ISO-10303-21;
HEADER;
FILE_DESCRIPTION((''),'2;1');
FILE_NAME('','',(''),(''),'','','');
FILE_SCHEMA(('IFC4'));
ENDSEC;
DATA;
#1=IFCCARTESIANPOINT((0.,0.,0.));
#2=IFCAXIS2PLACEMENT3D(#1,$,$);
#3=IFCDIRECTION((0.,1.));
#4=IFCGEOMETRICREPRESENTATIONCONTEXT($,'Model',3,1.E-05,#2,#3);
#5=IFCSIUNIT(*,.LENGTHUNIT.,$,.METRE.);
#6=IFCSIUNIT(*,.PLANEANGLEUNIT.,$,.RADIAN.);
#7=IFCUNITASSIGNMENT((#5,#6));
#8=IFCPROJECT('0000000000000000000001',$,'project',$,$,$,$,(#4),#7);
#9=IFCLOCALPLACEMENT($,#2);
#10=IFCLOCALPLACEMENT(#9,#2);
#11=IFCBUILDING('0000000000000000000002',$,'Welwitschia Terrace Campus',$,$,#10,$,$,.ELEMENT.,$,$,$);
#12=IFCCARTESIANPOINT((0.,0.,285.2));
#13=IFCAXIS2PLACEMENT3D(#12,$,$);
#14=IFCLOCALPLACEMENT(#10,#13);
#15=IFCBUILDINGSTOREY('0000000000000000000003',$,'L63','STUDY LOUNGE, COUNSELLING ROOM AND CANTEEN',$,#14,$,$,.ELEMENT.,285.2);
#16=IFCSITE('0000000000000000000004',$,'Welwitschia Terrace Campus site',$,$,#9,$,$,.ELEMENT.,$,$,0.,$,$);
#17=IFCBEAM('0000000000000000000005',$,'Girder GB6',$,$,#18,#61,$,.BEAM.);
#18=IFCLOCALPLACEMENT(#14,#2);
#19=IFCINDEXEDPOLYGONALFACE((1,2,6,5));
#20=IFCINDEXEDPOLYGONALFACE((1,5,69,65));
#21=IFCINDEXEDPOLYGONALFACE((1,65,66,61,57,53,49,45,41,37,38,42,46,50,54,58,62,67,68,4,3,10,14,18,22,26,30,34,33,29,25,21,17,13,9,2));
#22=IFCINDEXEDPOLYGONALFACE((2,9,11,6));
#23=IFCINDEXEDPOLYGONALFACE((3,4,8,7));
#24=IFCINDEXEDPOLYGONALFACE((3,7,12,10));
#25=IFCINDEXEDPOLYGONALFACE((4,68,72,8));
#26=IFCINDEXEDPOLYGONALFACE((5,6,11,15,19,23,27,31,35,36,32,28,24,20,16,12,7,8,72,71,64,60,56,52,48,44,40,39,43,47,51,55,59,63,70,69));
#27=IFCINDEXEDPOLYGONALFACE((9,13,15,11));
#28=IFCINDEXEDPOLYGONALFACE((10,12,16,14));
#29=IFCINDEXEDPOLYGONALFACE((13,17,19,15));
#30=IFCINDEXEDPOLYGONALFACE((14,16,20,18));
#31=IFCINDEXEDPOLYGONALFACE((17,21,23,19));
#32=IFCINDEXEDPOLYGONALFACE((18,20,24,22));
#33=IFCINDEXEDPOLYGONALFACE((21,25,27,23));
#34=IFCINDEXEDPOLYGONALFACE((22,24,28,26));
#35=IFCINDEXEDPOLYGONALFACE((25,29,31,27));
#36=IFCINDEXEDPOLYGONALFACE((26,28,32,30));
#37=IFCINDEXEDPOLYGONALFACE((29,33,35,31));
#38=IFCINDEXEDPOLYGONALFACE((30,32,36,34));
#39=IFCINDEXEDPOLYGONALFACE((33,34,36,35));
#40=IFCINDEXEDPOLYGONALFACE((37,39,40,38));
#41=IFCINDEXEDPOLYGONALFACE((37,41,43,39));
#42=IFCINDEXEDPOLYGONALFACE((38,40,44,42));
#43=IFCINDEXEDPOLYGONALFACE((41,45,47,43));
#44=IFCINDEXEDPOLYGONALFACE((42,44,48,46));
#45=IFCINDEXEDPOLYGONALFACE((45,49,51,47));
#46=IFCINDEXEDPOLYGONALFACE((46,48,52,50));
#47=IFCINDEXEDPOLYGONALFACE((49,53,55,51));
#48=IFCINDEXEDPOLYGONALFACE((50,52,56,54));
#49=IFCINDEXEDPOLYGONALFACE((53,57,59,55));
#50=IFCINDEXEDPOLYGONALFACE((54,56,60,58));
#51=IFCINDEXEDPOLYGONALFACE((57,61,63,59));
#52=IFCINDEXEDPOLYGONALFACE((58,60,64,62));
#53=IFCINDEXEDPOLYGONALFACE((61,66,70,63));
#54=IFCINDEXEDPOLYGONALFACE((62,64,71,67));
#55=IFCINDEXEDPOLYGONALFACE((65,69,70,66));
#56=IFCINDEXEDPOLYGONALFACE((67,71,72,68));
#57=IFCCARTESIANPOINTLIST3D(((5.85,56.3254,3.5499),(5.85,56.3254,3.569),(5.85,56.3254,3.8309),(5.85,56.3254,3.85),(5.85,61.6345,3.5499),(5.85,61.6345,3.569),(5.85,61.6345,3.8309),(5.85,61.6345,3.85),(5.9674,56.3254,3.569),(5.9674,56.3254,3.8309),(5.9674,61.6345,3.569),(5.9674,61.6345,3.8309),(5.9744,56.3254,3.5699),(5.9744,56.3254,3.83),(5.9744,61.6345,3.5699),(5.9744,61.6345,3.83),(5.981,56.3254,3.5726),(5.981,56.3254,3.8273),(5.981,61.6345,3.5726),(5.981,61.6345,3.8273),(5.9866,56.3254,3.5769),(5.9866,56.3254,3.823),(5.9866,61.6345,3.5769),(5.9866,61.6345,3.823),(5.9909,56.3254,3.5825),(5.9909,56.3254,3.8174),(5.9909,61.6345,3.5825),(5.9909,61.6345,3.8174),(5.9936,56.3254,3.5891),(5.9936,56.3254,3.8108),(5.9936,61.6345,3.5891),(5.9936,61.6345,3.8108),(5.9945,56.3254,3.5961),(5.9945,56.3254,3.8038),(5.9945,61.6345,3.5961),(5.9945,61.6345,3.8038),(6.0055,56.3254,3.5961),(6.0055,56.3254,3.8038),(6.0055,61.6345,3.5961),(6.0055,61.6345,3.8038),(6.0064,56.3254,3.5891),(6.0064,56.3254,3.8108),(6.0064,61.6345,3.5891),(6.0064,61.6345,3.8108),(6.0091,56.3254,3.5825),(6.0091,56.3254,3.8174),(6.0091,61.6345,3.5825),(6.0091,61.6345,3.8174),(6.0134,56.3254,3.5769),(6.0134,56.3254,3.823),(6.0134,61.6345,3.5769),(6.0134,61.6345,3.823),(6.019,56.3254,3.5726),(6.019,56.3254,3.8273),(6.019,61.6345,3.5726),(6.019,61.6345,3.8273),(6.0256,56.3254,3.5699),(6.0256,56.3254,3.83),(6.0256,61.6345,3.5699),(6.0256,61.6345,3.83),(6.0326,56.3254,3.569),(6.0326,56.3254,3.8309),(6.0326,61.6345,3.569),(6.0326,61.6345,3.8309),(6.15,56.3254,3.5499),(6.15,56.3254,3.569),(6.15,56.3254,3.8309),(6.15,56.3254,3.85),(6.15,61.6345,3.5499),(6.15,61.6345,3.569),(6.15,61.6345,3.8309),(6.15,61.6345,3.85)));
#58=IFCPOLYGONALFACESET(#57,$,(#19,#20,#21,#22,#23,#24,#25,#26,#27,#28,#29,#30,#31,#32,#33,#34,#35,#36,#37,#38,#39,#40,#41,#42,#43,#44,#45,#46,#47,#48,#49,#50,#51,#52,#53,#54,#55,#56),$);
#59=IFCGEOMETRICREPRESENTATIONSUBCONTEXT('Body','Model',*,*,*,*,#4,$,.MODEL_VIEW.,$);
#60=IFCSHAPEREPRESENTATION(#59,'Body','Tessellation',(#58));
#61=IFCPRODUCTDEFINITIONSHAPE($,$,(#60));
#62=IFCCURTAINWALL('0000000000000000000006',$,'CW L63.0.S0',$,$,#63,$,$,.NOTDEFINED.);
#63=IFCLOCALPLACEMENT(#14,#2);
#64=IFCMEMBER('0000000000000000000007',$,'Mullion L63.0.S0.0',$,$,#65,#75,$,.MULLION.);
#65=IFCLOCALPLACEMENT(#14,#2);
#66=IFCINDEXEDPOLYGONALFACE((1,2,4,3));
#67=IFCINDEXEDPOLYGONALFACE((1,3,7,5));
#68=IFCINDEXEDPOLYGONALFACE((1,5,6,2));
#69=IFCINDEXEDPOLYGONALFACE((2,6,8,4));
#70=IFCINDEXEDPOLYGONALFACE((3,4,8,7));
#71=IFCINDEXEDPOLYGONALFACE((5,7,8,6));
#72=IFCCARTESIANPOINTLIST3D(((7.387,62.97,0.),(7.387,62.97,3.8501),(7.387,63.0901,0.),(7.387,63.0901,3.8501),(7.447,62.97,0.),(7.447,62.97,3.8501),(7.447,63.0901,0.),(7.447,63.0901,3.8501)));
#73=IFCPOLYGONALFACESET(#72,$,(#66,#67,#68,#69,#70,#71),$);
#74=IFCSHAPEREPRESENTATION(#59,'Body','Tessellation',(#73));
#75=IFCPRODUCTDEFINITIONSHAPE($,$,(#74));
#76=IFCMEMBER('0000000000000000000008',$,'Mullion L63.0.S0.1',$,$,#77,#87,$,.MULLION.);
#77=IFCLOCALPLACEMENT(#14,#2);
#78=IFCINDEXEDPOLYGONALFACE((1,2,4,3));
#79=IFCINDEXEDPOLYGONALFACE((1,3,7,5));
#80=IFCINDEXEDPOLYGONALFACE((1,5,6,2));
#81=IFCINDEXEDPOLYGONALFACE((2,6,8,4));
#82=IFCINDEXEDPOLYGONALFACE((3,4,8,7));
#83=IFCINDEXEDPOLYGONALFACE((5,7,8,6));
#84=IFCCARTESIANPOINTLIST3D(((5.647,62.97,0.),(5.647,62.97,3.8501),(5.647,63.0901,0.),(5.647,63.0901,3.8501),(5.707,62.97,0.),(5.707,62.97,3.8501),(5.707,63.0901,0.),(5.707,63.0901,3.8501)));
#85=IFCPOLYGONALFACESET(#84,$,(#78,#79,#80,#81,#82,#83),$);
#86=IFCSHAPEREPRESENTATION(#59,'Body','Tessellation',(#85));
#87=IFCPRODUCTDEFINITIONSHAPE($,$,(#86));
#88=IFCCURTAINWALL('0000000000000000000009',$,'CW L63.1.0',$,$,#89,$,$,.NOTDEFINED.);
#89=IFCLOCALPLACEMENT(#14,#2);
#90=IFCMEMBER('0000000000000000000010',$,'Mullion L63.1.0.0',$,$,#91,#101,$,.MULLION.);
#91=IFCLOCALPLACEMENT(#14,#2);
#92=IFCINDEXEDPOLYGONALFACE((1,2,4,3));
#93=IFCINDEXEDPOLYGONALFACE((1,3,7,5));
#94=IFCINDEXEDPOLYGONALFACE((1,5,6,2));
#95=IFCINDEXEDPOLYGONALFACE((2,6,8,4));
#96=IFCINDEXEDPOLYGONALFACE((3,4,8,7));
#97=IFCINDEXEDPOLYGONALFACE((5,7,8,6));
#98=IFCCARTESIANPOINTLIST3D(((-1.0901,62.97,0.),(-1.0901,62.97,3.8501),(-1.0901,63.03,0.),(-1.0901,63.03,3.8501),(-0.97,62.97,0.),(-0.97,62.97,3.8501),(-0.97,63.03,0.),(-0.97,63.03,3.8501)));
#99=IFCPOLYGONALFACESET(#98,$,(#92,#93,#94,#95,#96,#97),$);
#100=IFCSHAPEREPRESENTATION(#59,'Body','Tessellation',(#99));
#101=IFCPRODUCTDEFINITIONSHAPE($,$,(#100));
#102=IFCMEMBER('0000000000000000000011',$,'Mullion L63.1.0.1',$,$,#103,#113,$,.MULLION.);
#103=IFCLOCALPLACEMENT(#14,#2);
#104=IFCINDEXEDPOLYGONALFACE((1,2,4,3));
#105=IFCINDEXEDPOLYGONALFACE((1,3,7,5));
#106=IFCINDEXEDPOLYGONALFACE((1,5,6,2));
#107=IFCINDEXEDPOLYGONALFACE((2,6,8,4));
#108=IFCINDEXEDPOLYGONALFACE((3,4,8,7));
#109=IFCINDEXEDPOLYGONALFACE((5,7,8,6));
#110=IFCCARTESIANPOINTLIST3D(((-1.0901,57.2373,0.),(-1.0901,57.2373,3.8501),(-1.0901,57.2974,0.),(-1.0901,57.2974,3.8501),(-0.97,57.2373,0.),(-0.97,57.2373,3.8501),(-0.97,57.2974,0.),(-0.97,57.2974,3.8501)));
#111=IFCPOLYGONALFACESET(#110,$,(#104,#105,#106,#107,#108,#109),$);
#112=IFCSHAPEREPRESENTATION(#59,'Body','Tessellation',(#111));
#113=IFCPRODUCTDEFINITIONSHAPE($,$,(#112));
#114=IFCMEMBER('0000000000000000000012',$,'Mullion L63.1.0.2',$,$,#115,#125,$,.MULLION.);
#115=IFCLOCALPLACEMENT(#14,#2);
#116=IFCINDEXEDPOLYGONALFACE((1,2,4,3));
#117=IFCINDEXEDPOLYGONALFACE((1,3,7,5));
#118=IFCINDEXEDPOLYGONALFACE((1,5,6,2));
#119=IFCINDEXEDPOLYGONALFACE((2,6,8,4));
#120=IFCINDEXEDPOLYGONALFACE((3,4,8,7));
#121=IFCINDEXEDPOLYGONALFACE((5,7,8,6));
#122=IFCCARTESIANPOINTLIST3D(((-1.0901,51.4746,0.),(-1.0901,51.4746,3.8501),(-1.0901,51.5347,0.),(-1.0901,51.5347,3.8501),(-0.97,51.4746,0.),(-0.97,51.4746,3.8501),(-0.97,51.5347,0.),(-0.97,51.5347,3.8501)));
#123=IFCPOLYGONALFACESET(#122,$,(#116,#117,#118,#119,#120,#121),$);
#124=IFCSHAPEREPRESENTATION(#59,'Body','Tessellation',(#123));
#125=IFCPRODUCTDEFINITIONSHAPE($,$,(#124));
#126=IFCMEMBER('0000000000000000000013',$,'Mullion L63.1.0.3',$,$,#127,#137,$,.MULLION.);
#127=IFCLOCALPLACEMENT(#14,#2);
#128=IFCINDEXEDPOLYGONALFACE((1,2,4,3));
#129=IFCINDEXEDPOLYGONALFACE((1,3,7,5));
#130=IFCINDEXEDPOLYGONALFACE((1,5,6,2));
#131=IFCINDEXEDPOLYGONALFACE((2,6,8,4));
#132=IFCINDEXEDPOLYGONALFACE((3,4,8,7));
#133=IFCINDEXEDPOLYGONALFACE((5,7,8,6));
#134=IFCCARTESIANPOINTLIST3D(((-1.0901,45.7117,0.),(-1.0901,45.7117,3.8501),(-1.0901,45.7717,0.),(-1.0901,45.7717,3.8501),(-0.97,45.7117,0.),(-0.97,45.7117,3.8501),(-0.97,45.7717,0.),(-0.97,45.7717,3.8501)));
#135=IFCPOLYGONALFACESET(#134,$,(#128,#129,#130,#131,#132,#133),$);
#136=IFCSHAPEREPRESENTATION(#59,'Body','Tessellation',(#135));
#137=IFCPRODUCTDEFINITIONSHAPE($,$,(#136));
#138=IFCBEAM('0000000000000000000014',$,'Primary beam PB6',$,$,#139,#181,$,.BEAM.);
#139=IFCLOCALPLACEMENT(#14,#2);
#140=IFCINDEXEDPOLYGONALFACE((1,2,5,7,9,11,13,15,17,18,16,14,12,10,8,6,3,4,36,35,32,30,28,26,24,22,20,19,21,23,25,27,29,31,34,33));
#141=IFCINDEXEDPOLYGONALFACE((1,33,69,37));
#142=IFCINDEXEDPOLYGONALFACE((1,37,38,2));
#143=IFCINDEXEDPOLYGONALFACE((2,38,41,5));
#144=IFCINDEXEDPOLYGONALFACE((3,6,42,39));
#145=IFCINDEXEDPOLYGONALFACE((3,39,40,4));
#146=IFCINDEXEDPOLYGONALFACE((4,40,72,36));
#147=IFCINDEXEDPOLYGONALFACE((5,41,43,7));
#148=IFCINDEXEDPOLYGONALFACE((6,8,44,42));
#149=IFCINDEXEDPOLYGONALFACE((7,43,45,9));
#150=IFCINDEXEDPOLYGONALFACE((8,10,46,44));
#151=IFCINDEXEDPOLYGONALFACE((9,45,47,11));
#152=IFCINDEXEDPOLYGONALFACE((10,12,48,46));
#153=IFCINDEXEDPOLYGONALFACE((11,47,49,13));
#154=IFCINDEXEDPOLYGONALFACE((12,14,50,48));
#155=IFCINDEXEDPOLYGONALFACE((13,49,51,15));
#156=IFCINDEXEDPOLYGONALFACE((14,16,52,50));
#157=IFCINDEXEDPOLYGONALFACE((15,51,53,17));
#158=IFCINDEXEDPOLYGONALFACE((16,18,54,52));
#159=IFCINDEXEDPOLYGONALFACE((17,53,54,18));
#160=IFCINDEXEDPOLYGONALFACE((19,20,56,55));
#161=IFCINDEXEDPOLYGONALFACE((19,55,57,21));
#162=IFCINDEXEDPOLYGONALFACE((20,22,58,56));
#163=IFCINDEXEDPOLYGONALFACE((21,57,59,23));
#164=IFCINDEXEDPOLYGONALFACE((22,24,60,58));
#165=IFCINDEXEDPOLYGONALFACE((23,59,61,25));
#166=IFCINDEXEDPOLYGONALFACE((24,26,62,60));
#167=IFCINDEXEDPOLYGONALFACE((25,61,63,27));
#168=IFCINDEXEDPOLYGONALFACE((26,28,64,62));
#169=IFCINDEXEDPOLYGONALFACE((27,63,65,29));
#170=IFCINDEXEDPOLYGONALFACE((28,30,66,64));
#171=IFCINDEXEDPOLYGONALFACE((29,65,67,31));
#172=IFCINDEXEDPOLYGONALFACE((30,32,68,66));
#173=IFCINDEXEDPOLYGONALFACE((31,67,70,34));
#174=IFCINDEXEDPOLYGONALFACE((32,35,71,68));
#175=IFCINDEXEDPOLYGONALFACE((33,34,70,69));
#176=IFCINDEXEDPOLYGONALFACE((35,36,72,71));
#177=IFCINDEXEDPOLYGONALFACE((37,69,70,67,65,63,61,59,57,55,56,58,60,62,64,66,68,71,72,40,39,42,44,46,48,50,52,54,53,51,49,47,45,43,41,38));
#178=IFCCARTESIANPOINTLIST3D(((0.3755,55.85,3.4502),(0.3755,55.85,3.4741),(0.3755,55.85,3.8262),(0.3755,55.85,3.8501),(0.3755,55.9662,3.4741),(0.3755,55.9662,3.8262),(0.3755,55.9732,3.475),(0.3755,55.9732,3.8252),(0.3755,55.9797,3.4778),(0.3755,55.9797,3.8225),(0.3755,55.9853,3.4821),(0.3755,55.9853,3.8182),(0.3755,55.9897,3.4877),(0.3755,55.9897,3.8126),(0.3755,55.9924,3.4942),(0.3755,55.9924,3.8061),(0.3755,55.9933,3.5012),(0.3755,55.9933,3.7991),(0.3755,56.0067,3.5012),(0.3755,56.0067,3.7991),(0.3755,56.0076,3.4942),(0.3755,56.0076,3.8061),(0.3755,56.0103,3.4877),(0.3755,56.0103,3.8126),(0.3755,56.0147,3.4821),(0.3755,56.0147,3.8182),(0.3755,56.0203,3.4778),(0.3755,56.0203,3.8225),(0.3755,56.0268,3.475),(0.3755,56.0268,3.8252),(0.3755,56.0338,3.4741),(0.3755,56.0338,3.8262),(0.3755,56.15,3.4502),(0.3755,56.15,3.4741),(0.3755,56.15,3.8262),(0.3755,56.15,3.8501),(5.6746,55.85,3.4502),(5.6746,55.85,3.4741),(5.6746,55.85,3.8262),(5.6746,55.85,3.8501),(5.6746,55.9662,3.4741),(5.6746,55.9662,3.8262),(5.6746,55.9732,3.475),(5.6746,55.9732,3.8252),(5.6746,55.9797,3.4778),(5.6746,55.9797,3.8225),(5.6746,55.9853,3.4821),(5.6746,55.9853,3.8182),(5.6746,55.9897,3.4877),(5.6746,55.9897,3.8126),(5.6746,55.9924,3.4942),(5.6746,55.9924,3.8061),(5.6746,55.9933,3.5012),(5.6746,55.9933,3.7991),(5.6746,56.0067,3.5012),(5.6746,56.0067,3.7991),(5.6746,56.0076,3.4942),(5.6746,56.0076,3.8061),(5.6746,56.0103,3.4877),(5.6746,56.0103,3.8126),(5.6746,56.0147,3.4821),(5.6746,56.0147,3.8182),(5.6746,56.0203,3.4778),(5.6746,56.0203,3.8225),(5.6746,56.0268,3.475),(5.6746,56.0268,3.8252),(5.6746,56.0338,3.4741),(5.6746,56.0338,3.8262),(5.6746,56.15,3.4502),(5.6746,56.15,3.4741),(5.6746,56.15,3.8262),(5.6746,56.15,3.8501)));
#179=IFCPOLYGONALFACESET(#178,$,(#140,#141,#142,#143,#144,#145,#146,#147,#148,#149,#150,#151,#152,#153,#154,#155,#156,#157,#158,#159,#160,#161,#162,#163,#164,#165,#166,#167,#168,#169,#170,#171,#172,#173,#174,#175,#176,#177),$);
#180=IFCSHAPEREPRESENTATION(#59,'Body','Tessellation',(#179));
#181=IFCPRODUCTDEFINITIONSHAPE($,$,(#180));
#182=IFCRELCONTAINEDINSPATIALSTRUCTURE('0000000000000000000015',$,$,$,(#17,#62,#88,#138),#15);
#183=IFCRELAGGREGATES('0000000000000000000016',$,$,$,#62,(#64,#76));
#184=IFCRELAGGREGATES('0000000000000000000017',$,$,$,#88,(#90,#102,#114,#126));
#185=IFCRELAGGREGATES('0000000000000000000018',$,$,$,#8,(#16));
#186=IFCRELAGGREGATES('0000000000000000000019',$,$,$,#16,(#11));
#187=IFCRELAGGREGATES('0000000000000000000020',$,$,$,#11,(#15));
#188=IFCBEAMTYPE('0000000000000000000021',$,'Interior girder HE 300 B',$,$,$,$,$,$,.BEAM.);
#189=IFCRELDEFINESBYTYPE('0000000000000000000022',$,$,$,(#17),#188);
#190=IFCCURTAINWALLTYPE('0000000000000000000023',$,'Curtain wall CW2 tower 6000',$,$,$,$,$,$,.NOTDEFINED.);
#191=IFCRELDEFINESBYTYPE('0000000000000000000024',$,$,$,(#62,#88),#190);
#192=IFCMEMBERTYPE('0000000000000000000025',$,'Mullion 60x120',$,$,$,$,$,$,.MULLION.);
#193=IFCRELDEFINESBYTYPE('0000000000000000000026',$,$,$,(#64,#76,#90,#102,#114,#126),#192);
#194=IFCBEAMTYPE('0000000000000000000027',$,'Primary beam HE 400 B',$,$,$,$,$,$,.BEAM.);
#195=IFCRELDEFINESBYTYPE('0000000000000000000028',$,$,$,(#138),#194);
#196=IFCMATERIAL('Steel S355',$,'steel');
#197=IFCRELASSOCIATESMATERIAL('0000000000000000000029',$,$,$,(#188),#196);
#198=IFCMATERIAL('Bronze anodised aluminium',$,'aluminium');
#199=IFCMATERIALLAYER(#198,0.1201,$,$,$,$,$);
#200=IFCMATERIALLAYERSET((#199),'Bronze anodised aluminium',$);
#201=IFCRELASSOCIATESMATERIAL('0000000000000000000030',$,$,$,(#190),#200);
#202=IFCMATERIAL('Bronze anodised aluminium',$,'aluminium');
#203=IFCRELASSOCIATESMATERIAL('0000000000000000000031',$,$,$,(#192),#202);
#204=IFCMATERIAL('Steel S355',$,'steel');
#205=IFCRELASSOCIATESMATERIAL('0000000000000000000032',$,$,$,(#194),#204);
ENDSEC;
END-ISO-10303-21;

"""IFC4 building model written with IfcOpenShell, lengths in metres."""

from ifc_helpers import new_model, si_unit, direction, frame, origin, origin_2d, place, context, subcontext, project, spatial, rectangle, i_section, extrude, material, layer, layer_set, material_profile, profile_set, type_object, element, aggregate, save


model = new_model("IFC4")

# Units and contexts
model_context = context("Model", 3, precision=1e-05, world=origin(), true_north=direction((0.0, 1.0)))
body_context = subcontext(model_context, "Body", "Model", "MODEL_VIEW")
ifc_project = project(units=[si_unit("LENGTHUNIT", "METRE"), si_unit("PLANEANGLEUNIT", "RADIAN")], contexts=[model_context])

# Site, building, storey
site_placement = place(None, origin())
site = spatial("IfcSite", under=ifc_project, at=site_placement, Name="Welwitschia Terrace Campus site", CompositionType="ELEMENT", RefElevation=0.0)
building_placement = place(site_placement, origin())
building = spatial("IfcBuilding", under=site, at=building_placement, Name="Welwitschia Terrace Campus", CompositionType="ELEMENT")
storey_placement = place(building_placement, frame((0.0, 0.0, 285.2)))
storey = spatial("IfcBuildingStorey", under=building, at=storey_placement, Name="L63", Description="STUDY LOUNGE, COUNSELLING ROOM AND CANTEEN", CompositionType="ELEMENT", Elevation=285.2)

# Beam
ifc_material_1 = material(Name="Steel S355", Category="steel")
ifc_material_profile_1 = material_profile(ifc_material_1, i_section(OverallWidth=0.3, OverallDepth=0.3, WebThickness=0.011, FlangeThickness=0.019, FilletRadius=0.0271, at=origin_2d()))
ifc_profile_set_1 = profile_set([ifc_material_profile_1], Name="Steel S355")
beam_type_1 = type_object("IfcBeamType", Name="Interior girder HE 300 B", PredefinedType="BEAM", material=ifc_profile_set_1)
beam_1_placement = place(storey_placement, frame((6.0, 56.3254, 3.7), z_axis=(0.0, 1.0, 0.0), x_axis=(-1.0, 0.0, 0.0)))
element("IfcBeam", 1, at=beam_1_placement, inside=storey, type_object=beam_type_1, Name="Girder GB6", PredefinedType="BEAM", context=body_context, shape_type="SweptSolid", body=[
    extrude(i_section(OverallWidth=0.3, OverallDepth=0.3, WebThickness=0.011, FlangeThickness=0.019, FilletRadius=0.0271, at=origin_2d()), origin(), (0.0, 0.0, 1.0), 5.3091),
])

# Curtain walls, members
ifc_material_2 = material(Name="Bronze anodised aluminium", Category="aluminium")
ifc_layer_1 = layer(ifc_material_2, 0.1201)
ifc_layer_set_1 = layer_set([ifc_layer_1], Name="Bronze anodised aluminium")
curtain_wall_type = type_object("IfcCurtainWallType", Name="Curtain wall CW2 tower 6000", PredefinedType="NOTDEFINED", material=ifc_layer_set_1)
curtain_wall_1_placement = place(storey_placement, origin())
curtain_wall_1 = element("IfcCurtainWall", 2, at=curtain_wall_1_placement, inside=storey, type_object=curtain_wall_type, Name="CW L63.0.S0", PredefinedType="NOTDEFINED")
ifc_material_3 = material(Name="Bronze anodised aluminium", Category="aluminium")
ifc_material_profile_2 = material_profile(ifc_material_3, rectangle(XDim=0.1201, YDim=0.0601, at=origin_2d()))
ifc_profile_set_2 = profile_set([ifc_material_profile_2], Name="Bronze anodised aluminium")
member_type_1 = type_object("IfcMemberType", Name="Mullion 60x120", PredefinedType="MULLION", material=ifc_profile_set_2)
member_1_placement = place(storey_placement, frame((7.417, 63.03, 0.0), z_axis=(0.0, 0.0, 1.0), x_axis=(0.0, -1.0, 0.0)))
member_1 = element("IfcMember", 3, at=member_1_placement, type_object=member_type_1, Name="Mullion L63.0.S0.0", PredefinedType="MULLION", context=body_context, shape_type="SweptSolid", body=[
    extrude(rectangle(XDim=0.1201, YDim=0.0601, at=origin_2d()), origin(), (0.0, 0.0, 1.0), 3.8501),
])
member_2_placement = place(storey_placement, frame((5.677, 63.03, 0.0), z_axis=(0.0, 0.0, 1.0), x_axis=(0.0, -1.0, 0.0)))
member_2 = element("IfcMember", 4, at=member_2_placement, type_object=member_type_1, Name="Mullion L63.0.S0.1", PredefinedType="MULLION", context=body_context, shape_type="SweptSolid", body=[
    extrude(rectangle(XDim=0.1201, YDim=0.0601, at=origin_2d()), origin(), (0.0, 0.0, 1.0), 3.8501),
])
curtain_wall_2_placement = place(storey_placement, origin())
curtain_wall_2 = element("IfcCurtainWall", 5, at=curtain_wall_2_placement, inside=storey, type_object=curtain_wall_type, Name="CW L63.1.0", PredefinedType="NOTDEFINED")
member_3_placement = place(storey_placement, frame((-1.03, 63.0, 0.0), z_axis=(0.0, 0.0, 1.0), x_axis=(1.0, 0.0, 0.0)))
member_3 = element("IfcMember", 6, at=member_3_placement, type_object=member_type_1, Name="Mullion L63.1.0.0", PredefinedType="MULLION", context=body_context, shape_type="SweptSolid", body=[
    extrude(rectangle(XDim=0.1201, YDim=0.0601, at=origin_2d()), origin(), (0.0, 0.0, 1.0), 3.8501),
])
member_4_placement = place(storey_placement, frame((-1.03, 57.2673, 0.0), z_axis=(0.0, 0.0, 1.0), x_axis=(1.0, 0.0, 0.0)))
member_4 = element("IfcMember", 7, at=member_4_placement, type_object=member_type_1, Name="Mullion L63.1.0.1", PredefinedType="MULLION", context=body_context, shape_type="SweptSolid", body=[
    extrude(rectangle(XDim=0.1201, YDim=0.0601, at=origin_2d()), origin(), (0.0, 0.0, 1.0), 3.8501),
])
member_5_placement = place(storey_placement, frame((-1.03, 51.5046, 0.0), z_axis=(0.0, 0.0, 1.0), x_axis=(1.0, 0.0, 0.0)))
member_5 = element("IfcMember", 8, at=member_5_placement, type_object=member_type_1, Name="Mullion L63.1.0.2", PredefinedType="MULLION", context=body_context, shape_type="SweptSolid", body=[
    extrude(rectangle(XDim=0.1201, YDim=0.0601, at=origin_2d()), origin(), (0.0, 0.0, 1.0), 3.8501),
])
member_6_placement = place(storey_placement, frame((-1.03, 45.7417, 0.0), z_axis=(0.0, 0.0, 1.0), x_axis=(1.0, 0.0, 0.0)))
member_6 = element("IfcMember", 9, at=member_6_placement, type_object=member_type_1, Name="Mullion L63.1.0.3", PredefinedType="MULLION", context=body_context, shape_type="SweptSolid", body=[
    extrude(rectangle(XDim=0.1201, YDim=0.0601, at=origin_2d()), origin(), (0.0, 0.0, 1.0), 3.8501),
])

# Beam
ifc_material_4 = material(Name="Steel S355", Category="steel")
ifc_material_profile_3 = material_profile(ifc_material_4, i_section(OverallWidth=0.3, OverallDepth=0.3999, WebThickness=0.0134, FlangeThickness=0.0239, FilletRadius=0.0271, at=origin_2d()))
ifc_profile_set_3 = profile_set([ifc_material_profile_3], Name="Steel S355")
beam_type_2 = type_object("IfcBeamType", Name="Primary beam HE 400 B", PredefinedType="BEAM", material=ifc_profile_set_3)
for number, where, z_axis, x_axis, name in (
    (10, (0.3755, 56.0, 3.6501), (1.0, 0.0, 0.0), (0.0, 1.0, 0.0), "Primary beam PB6"),
):
    element("IfcBeam", number, at=place(storey_placement, frame(where, z_axis=z_axis, x_axis=x_axis)), inside=storey, type_object=beam_type_2, Name=name, PredefinedType="BEAM", context=body_context, shape_type="SweptSolid", body=[
        extrude(i_section(OverallWidth=0.3, OverallDepth=0.3999, WebThickness=0.0134, FlangeThickness=0.0239, FilletRadius=0.0271, at=origin_2d()), origin(), (0.0, 0.0, 1.0), 5.2991),
    ])

aggregate(curtain_wall_1, [member_1, member_2])
aggregate(curtain_wall_2, [member_3, member_4, member_5, member_6])

save(model, "model.ifc")
